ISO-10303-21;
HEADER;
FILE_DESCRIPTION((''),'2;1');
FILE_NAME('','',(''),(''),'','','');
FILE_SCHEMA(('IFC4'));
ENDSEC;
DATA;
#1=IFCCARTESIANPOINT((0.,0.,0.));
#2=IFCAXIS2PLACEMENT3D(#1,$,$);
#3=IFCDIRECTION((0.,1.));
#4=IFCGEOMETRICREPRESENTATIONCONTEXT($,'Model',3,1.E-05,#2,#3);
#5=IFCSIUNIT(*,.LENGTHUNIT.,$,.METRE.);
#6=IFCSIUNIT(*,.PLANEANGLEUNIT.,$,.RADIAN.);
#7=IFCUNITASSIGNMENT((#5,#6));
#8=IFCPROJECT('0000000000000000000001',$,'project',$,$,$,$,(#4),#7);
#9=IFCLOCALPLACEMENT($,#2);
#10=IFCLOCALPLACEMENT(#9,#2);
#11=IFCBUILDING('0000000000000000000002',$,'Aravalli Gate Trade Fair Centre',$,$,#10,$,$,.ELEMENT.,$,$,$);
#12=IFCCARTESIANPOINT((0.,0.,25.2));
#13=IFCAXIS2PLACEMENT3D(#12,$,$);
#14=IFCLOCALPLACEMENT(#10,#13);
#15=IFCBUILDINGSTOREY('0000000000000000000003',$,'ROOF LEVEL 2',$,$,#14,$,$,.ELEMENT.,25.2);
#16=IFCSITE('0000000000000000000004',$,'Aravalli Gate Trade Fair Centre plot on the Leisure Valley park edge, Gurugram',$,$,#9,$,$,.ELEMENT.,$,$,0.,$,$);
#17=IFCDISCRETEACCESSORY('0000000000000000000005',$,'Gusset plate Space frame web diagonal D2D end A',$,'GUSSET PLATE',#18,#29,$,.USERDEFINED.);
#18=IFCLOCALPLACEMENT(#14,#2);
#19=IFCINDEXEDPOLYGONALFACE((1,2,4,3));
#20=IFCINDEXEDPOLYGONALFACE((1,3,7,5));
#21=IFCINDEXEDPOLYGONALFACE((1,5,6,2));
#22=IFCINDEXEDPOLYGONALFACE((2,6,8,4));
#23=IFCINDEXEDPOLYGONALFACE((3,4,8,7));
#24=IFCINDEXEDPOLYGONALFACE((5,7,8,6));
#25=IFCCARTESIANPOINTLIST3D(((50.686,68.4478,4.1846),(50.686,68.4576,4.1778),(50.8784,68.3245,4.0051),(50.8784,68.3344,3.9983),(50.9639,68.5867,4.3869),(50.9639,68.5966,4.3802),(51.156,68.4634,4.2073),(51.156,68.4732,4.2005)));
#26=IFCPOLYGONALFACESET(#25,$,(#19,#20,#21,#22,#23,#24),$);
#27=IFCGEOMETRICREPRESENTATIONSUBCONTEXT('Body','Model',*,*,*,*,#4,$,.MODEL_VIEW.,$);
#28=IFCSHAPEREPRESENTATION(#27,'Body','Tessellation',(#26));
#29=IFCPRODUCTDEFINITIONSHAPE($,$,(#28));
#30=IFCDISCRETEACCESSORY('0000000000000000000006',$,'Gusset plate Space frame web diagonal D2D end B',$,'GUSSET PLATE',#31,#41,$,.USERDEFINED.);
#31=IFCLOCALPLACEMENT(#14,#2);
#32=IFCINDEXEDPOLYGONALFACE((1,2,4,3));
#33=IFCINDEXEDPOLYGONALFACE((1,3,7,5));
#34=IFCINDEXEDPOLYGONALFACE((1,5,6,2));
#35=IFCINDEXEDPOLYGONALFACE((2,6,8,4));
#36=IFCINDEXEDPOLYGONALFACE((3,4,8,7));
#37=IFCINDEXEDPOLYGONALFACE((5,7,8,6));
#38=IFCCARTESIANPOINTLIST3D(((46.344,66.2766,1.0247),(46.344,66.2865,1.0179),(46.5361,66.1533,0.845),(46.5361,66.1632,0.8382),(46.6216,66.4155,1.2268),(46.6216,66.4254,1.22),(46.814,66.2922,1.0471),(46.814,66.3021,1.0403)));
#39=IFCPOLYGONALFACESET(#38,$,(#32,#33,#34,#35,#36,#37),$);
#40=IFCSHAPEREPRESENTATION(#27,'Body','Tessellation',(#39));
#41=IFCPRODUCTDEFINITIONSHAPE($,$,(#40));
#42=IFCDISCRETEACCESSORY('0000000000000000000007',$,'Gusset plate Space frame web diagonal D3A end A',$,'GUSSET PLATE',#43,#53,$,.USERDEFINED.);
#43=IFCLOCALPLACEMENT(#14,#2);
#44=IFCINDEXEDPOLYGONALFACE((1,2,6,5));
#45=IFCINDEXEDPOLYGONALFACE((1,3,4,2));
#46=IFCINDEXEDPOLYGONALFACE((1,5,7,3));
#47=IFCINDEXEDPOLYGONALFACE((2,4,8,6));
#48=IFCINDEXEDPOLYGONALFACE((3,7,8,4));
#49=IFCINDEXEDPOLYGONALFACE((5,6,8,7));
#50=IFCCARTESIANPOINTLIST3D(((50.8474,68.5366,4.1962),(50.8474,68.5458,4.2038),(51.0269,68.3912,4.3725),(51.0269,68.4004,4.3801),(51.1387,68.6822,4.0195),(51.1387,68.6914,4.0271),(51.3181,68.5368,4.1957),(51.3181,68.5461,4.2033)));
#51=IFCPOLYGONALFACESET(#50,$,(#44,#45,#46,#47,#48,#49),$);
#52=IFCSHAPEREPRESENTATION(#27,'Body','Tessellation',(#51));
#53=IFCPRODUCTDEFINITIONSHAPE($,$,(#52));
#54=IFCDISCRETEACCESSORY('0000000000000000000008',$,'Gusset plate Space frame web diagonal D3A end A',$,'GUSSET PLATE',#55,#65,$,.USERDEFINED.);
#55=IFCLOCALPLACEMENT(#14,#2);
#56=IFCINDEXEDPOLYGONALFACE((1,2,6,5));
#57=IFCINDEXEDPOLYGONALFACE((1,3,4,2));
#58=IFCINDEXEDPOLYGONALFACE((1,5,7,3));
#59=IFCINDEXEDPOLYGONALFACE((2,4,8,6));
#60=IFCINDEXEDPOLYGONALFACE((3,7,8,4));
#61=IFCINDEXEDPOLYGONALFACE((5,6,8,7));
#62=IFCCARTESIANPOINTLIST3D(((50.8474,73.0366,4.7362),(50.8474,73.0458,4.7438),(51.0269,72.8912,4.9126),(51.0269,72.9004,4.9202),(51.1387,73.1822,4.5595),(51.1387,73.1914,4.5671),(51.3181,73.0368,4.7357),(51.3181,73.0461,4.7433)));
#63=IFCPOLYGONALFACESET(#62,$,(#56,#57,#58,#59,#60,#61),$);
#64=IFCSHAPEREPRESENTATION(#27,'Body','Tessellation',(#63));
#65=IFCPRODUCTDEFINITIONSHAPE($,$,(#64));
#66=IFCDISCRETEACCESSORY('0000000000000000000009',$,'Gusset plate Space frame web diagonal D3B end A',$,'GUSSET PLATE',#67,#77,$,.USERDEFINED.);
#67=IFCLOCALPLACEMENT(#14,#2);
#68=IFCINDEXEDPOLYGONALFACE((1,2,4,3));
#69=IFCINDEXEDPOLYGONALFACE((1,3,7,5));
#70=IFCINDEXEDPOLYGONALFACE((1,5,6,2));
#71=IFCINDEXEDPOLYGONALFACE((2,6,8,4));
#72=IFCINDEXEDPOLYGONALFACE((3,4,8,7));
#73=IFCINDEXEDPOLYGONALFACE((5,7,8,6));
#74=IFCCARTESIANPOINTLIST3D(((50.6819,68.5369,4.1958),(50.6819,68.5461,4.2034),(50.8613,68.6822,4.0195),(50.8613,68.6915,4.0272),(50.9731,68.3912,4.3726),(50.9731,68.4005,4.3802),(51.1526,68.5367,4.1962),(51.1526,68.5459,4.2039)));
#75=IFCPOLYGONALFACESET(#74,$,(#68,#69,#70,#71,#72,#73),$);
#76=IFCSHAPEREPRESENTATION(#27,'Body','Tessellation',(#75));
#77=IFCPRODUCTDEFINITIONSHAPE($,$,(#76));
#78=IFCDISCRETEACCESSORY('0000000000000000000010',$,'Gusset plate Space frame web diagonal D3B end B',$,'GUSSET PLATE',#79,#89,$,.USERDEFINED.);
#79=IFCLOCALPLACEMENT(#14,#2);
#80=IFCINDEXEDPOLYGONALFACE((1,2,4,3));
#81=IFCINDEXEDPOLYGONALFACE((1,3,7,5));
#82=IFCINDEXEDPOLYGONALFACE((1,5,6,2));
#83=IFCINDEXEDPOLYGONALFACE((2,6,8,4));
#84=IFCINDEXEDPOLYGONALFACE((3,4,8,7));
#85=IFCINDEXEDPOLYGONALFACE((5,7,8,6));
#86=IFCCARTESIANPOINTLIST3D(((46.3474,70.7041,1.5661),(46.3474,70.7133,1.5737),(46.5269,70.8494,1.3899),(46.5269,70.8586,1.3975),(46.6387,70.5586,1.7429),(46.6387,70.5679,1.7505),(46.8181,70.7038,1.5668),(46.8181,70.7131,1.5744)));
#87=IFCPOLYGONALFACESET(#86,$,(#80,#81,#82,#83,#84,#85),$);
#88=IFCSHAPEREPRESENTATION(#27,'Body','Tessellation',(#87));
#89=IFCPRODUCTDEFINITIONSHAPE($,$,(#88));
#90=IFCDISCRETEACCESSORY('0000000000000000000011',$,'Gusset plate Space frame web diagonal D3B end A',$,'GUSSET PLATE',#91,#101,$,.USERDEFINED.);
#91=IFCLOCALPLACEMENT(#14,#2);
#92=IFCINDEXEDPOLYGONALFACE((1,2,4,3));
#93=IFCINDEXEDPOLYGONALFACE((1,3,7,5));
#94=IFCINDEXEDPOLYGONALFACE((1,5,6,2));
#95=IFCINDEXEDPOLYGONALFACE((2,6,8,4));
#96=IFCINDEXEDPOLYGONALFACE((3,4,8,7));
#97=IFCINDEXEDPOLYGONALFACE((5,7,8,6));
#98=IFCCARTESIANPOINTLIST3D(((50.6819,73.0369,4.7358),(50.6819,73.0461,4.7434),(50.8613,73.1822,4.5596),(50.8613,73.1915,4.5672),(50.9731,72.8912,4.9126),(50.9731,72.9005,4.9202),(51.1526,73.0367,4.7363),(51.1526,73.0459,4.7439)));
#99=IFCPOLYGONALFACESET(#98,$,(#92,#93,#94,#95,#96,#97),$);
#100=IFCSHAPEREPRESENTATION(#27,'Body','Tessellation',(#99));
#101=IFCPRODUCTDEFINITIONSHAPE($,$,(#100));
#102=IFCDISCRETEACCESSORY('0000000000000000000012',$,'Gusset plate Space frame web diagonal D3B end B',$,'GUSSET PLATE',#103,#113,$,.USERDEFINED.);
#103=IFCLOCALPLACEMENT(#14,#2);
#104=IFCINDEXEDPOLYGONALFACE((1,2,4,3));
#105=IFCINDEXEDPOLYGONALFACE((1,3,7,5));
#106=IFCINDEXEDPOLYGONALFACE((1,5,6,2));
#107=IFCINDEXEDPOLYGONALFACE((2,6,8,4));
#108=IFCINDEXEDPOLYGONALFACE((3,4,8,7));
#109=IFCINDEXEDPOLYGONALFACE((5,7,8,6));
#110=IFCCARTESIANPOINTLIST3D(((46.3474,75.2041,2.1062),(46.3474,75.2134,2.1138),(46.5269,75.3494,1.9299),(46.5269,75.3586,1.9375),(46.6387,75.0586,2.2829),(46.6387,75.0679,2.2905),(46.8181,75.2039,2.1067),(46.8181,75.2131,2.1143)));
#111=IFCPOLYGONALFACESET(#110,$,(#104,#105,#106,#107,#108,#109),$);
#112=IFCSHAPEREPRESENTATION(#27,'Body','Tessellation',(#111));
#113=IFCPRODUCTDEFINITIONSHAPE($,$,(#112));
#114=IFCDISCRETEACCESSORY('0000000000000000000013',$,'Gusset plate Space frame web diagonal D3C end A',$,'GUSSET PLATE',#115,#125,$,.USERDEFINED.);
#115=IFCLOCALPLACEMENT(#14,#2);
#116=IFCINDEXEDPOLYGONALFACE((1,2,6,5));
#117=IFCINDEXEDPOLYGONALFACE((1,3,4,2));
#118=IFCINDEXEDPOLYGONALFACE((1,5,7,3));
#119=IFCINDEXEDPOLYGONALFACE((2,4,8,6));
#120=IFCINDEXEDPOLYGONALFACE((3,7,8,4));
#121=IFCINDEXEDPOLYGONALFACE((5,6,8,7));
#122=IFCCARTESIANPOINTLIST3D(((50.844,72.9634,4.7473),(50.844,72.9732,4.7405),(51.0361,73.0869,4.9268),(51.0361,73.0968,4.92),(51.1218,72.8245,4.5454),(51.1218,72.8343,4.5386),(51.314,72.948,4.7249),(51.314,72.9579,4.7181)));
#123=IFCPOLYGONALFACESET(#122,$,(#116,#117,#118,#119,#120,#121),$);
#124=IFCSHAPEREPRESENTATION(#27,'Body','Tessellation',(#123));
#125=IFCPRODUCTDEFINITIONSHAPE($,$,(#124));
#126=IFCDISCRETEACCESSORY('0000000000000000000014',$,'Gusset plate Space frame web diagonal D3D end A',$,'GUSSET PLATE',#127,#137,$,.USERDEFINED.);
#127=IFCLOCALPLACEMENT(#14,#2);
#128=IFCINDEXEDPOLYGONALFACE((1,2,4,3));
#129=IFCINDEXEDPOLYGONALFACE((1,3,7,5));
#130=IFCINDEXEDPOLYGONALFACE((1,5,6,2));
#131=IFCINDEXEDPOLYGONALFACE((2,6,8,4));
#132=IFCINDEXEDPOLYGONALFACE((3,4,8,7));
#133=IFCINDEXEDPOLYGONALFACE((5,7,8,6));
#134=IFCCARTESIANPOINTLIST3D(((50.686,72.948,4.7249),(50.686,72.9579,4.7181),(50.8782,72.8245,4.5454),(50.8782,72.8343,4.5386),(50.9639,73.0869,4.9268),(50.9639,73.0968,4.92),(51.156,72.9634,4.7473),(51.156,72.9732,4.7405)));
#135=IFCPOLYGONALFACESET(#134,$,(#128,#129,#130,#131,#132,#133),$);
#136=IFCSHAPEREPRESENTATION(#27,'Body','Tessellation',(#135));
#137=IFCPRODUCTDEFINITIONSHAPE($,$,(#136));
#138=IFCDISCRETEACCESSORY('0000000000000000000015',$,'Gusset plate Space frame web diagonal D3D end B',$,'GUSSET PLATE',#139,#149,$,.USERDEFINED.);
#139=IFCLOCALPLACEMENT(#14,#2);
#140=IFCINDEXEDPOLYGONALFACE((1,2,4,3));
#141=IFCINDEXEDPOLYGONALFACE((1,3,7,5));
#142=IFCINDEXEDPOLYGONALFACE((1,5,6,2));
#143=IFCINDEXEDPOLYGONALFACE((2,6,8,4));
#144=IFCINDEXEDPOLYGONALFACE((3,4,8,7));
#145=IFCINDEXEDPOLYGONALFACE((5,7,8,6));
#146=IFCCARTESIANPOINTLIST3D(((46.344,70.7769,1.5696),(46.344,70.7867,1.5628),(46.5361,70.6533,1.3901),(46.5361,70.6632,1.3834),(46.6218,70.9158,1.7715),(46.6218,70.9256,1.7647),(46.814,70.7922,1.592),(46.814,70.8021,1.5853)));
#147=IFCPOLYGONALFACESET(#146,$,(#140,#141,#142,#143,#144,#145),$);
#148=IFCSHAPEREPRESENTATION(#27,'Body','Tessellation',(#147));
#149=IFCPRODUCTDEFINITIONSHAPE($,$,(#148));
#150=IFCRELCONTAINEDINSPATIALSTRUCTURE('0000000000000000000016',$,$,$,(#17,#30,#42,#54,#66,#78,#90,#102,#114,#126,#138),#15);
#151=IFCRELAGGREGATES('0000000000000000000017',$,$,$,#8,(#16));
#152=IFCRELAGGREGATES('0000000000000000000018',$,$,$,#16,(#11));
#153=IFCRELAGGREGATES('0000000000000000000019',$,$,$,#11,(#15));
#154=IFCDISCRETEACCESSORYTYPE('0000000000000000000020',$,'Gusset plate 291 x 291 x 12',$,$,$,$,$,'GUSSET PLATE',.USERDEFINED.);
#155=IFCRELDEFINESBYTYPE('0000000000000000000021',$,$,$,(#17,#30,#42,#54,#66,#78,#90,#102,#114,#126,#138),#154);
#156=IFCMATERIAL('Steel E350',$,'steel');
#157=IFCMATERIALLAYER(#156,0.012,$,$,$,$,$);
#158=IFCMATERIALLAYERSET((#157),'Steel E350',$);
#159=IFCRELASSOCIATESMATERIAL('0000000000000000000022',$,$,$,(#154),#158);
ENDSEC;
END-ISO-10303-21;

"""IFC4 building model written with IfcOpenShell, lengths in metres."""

from ifc_helpers import new_model, si_unit, direction, frame, origin, place, context, subcontext, project, spatial, polyline, outline, extrude, material, layer, layer_set, type_object, element, save


model = new_model("IFC4")

# Units and contexts
model_context = context("Model", 3, precision=1e-05, world=origin(), true_north=direction((0.0, 1.0)))
body_context = subcontext(model_context, "Body", "Model", "MODEL_VIEW")
ifc_project = project(units=[si_unit("LENGTHUNIT", "METRE"), si_unit("PLANEANGLEUNIT", "RADIAN")], contexts=[model_context])

# Site, building, storey
site_placement = place(None, origin())
site = spatial("IfcSite", under=ifc_project, at=site_placement, Name="Aravalli Gate Trade Fair Centre plot on the Leisure Valley park edge, Gurugram", CompositionType="ELEMENT", RefElevation=0.0)
building_placement = place(site_placement, origin())
building = spatial("IfcBuilding", under=site, at=building_placement, Name="Aravalli Gate Trade Fair Centre", CompositionType="ELEMENT")
storey_placement = place(building_placement, frame((0.0, 0.0, 25.2)))
storey = spatial("IfcBuildingStorey", under=building, at=storey_placement, Name="ROOF LEVEL 2", CompositionType="ELEMENT", Elevation=25.2)

# Shared definitions
ifc_material_1 = material(Name="Steel E350", Category="steel")

# Discrete accessories
ifc_layer_1 = layer(ifc_material_1, 0.012)
ifc_layer_set_1 = layer_set([ifc_layer_1], Name="Steel E350")
discrete_accessory_type = type_object("IfcDiscreteAccessoryType", Name="Gusset plate 291 x 291 x 12", ElementType="GUSSET PLATE", PredefinedType="USERDEFINED", material=ifc_layer_set_1)
discrete_accessory_1_placement = place(storey_placement, frame((50.686, 68.4478, 4.1846), z_axis=(0.000059, -0.824356, 0.566072), x_axis=(0.749391, 0.374849, 0.545804)))
element("IfcDiscreteAccessory", 1, at=discrete_accessory_1_placement, inside=storey, type_object=discrete_accessory_type, Name="Gusset plate Space frame web diagonal D2D end A", ObjectType="GUSSET PLATE", PredefinedType="USERDEFINED", context=body_context, shape_type="SweptSolid", body=[
    extrude(outline(polyline([(0.0, 0.0), (0.3707, 0.0), (0.3704, -0.2905), (0.0, -0.2905), (0.0, 0.0)])), origin(), (0.0, 0.0, -1.0), 0.012),
])
discrete_accessory_2_placement = place(storey_placement, frame((46.6216, 66.4155, 1.2268), z_axis=(0.000356, -0.824387, 0.566027), x_axis=(-0.749371, -0.375015, -0.545716)))
element("IfcDiscreteAccessory", 2, at=discrete_accessory_2_placement, inside=storey, type_object=discrete_accessory_type, Name="Gusset plate Space frame web diagonal D2D end B", ObjectType="GUSSET PLATE", PredefinedType="USERDEFINED", context=body_context, shape_type="SweptSolid", body=[
    extrude(outline(polyline([(0.0, 0.0), (0.3704, 0.0), (0.3707, 0.2905), (0.0001, 0.2907), (0.0, 0.0)])), origin(), (0.0, 0.0, -1.0), 0.012),
])
for number, where, z_axis, x_axis, name in (
    (3, (51.1387, 68.6914, 4.0271), (0.00026, 0.771582, 0.63613), (-0.78619, -0.392962, 0.476956), "Gusset plate Space frame web diagonal D3A end A"),
    (4, (51.1387, 73.1914, 4.5671), (0.00026, 0.771582, 0.63613), (-0.78619, -0.392962, 0.476956), "Gusset plate Space frame web diagonal D3A end A"),
):
    element("IfcDiscreteAccessory", number, at=place(storey_placement, frame(where, z_axis=z_axis, x_axis=x_axis)), inside=storey, type_object=discrete_accessory_type, Name=name, ObjectType="GUSSET PLATE", PredefinedType="USERDEFINED", context=body_context, shape_type="SweptSolid", body=[
        extrude(outline(polyline([(0.0, 0.0), (0.3705, 0.0), (0.3706, 0.2906), (0.0001, 0.2905), (0.0, 0.0)])), origin(), (0.0, 0.0, -1.0), 0.012),
    ])
discrete_accessory_3_placement = place(storey_placement, frame((50.6819, 68.5461, 4.2034), z_axis=(-0.00026, 0.771582, 0.63613), x_axis=(0.785986, -0.393126, 0.477156)))
element("IfcDiscreteAccessory", 5, at=discrete_accessory_3_placement, inside=storey, type_object=discrete_accessory_type, Name="Gusset plate Space frame web diagonal D3B end A", ObjectType="GUSSET PLATE", PredefinedType="USERDEFINED", context=body_context, shape_type="SweptSolid", body=[
    extrude(outline(polyline([(0.0, 0.0), (0.3706, 0.0), (0.3703, 0.2906), (-0.0002, 0.2905), (0.0, 0.0)])), origin(), (0.0, 0.0, -1.0), 0.012),
])
discrete_accessory_4_placement = place(storey_placement, frame((46.6387, 70.5679, 1.7505), z_axis=(-0.000589, 0.771792, 0.635874), x_axis=(-0.78619, 0.392604, -0.477251)))
element("IfcDiscreteAccessory", 6, at=discrete_accessory_4_placement, inside=storey, type_object=discrete_accessory_type, Name="Gusset plate Space frame web diagonal D3B end B", ObjectType="GUSSET PLATE", PredefinedType="USERDEFINED", context=body_context, shape_type="SweptSolid", body=[
    extrude(outline(polyline([(0.0, 0.0), (0.3705, 0.0), (0.3705, -0.2905), (0.0, -0.2903), (0.0, 0.0)])), origin(), (0.0, 0.0, -1.0), 0.012),
])
discrete_accessory_5_placement = place(storey_placement, frame((50.6819, 73.0461, 4.7434), z_axis=(-0.00026, 0.771582, 0.63613), x_axis=(0.785986, -0.393126, 0.477156)))
element("IfcDiscreteAccessory", 7, at=discrete_accessory_5_placement, inside=storey, type_object=discrete_accessory_type, Name="Gusset plate Space frame web diagonal D3B end A", ObjectType="GUSSET PLATE", PredefinedType="USERDEFINED", context=body_context, shape_type="SweptSolid", body=[
    extrude(outline(polyline([(0.0, 0.0), (0.3706, 0.0), (0.3703, 0.2906), (-0.0002, 0.2905), (0.0, 0.0)])), origin(), (0.0, 0.0, -1.0), 0.012),
])
discrete_accessory_6_placement = place(storey_placement, frame((46.6387, 75.0679, 2.2905), z_axis=(-0.000259, 0.771844, 0.635812), x_axis=(-0.78619, 0.392765, -0.477118)))
element("IfcDiscreteAccessory", 8, at=discrete_accessory_6_placement, inside=storey, type_object=discrete_accessory_type, Name="Gusset plate Space frame web diagonal D3B end B", ObjectType="GUSSET PLATE", PredefinedType="USERDEFINED", context=body_context, shape_type="SweptSolid", body=[
    extrude(outline(polyline([(0.0, 0.0), (0.3705, 0.0), (0.3705, -0.2905), (0.0001, -0.2905), (0.0, 0.0)])), origin(), (0.0, 0.0, -1.0), 0.012),
])
discrete_accessory_7_placement = place(storey_placement, frame((51.1218, 72.8245, 4.5454), z_axis=(0.000137, -0.82375, 0.566952), x_axis=(-0.749929, 0.374965, 0.544984)))
element("IfcDiscreteAccessory", 9, at=discrete_accessory_7_placement, inside=storey, type_object=discrete_accessory_type, Name="Gusset plate Space frame web diagonal D3C end A", ObjectType="GUSSET PLATE", PredefinedType="USERDEFINED", context=body_context, shape_type="SweptSolid", body=[
    extrude(outline(polyline([(0.0, 0.0), (0.3705, 0.0), (0.3705, -0.2905), (0.0, -0.2905), (0.0, 0.0)])), origin(), (0.0, 0.0, -1.0), 0.012),
])
discrete_accessory_8_placement = place(storey_placement, frame((50.686, 72.948, 4.7249), z_axis=(-0.000137, -0.82375, 0.566952), x_axis=(0.749929, 0.374965, 0.544984)))
element("IfcDiscreteAccessory", 10, at=discrete_accessory_8_placement, inside=storey, type_object=discrete_accessory_type, Name="Gusset plate Space frame web diagonal D3D end A", ObjectType="GUSSET PLATE", PredefinedType="USERDEFINED", context=body_context, shape_type="SweptSolid", body=[
    extrude(outline(polyline([(0.0, 0.0), (0.3705, 0.0), (0.3705, -0.2905), (0.0, -0.2905), (0.0, 0.0)])), origin(), (0.0, 0.0, -1.0), 0.012),
])
discrete_accessory_9_placement = place(storey_placement, frame((46.6218, 70.9158, 1.7715), z_axis=(-0.000137, -0.82375, 0.566952), x_axis=(-0.749929, -0.374965, -0.544984)))
element("IfcDiscreteAccessory", 11, at=discrete_accessory_9_placement, inside=storey, type_object=discrete_accessory_type, Name="Gusset plate Space frame web diagonal D3D end B", ObjectType="GUSSET PLATE", PredefinedType="USERDEFINED", context=body_context, shape_type="SweptSolid", body=[
    extrude(outline(polyline([(0.0, 0.0), (0.3705, 0.0), (0.3705, 0.2905), (0.0, 0.2905), (0.0, 0.0)])), origin(), (0.0, 0.0, -1.0), 0.012),
])

save(model, "model.ifc")
